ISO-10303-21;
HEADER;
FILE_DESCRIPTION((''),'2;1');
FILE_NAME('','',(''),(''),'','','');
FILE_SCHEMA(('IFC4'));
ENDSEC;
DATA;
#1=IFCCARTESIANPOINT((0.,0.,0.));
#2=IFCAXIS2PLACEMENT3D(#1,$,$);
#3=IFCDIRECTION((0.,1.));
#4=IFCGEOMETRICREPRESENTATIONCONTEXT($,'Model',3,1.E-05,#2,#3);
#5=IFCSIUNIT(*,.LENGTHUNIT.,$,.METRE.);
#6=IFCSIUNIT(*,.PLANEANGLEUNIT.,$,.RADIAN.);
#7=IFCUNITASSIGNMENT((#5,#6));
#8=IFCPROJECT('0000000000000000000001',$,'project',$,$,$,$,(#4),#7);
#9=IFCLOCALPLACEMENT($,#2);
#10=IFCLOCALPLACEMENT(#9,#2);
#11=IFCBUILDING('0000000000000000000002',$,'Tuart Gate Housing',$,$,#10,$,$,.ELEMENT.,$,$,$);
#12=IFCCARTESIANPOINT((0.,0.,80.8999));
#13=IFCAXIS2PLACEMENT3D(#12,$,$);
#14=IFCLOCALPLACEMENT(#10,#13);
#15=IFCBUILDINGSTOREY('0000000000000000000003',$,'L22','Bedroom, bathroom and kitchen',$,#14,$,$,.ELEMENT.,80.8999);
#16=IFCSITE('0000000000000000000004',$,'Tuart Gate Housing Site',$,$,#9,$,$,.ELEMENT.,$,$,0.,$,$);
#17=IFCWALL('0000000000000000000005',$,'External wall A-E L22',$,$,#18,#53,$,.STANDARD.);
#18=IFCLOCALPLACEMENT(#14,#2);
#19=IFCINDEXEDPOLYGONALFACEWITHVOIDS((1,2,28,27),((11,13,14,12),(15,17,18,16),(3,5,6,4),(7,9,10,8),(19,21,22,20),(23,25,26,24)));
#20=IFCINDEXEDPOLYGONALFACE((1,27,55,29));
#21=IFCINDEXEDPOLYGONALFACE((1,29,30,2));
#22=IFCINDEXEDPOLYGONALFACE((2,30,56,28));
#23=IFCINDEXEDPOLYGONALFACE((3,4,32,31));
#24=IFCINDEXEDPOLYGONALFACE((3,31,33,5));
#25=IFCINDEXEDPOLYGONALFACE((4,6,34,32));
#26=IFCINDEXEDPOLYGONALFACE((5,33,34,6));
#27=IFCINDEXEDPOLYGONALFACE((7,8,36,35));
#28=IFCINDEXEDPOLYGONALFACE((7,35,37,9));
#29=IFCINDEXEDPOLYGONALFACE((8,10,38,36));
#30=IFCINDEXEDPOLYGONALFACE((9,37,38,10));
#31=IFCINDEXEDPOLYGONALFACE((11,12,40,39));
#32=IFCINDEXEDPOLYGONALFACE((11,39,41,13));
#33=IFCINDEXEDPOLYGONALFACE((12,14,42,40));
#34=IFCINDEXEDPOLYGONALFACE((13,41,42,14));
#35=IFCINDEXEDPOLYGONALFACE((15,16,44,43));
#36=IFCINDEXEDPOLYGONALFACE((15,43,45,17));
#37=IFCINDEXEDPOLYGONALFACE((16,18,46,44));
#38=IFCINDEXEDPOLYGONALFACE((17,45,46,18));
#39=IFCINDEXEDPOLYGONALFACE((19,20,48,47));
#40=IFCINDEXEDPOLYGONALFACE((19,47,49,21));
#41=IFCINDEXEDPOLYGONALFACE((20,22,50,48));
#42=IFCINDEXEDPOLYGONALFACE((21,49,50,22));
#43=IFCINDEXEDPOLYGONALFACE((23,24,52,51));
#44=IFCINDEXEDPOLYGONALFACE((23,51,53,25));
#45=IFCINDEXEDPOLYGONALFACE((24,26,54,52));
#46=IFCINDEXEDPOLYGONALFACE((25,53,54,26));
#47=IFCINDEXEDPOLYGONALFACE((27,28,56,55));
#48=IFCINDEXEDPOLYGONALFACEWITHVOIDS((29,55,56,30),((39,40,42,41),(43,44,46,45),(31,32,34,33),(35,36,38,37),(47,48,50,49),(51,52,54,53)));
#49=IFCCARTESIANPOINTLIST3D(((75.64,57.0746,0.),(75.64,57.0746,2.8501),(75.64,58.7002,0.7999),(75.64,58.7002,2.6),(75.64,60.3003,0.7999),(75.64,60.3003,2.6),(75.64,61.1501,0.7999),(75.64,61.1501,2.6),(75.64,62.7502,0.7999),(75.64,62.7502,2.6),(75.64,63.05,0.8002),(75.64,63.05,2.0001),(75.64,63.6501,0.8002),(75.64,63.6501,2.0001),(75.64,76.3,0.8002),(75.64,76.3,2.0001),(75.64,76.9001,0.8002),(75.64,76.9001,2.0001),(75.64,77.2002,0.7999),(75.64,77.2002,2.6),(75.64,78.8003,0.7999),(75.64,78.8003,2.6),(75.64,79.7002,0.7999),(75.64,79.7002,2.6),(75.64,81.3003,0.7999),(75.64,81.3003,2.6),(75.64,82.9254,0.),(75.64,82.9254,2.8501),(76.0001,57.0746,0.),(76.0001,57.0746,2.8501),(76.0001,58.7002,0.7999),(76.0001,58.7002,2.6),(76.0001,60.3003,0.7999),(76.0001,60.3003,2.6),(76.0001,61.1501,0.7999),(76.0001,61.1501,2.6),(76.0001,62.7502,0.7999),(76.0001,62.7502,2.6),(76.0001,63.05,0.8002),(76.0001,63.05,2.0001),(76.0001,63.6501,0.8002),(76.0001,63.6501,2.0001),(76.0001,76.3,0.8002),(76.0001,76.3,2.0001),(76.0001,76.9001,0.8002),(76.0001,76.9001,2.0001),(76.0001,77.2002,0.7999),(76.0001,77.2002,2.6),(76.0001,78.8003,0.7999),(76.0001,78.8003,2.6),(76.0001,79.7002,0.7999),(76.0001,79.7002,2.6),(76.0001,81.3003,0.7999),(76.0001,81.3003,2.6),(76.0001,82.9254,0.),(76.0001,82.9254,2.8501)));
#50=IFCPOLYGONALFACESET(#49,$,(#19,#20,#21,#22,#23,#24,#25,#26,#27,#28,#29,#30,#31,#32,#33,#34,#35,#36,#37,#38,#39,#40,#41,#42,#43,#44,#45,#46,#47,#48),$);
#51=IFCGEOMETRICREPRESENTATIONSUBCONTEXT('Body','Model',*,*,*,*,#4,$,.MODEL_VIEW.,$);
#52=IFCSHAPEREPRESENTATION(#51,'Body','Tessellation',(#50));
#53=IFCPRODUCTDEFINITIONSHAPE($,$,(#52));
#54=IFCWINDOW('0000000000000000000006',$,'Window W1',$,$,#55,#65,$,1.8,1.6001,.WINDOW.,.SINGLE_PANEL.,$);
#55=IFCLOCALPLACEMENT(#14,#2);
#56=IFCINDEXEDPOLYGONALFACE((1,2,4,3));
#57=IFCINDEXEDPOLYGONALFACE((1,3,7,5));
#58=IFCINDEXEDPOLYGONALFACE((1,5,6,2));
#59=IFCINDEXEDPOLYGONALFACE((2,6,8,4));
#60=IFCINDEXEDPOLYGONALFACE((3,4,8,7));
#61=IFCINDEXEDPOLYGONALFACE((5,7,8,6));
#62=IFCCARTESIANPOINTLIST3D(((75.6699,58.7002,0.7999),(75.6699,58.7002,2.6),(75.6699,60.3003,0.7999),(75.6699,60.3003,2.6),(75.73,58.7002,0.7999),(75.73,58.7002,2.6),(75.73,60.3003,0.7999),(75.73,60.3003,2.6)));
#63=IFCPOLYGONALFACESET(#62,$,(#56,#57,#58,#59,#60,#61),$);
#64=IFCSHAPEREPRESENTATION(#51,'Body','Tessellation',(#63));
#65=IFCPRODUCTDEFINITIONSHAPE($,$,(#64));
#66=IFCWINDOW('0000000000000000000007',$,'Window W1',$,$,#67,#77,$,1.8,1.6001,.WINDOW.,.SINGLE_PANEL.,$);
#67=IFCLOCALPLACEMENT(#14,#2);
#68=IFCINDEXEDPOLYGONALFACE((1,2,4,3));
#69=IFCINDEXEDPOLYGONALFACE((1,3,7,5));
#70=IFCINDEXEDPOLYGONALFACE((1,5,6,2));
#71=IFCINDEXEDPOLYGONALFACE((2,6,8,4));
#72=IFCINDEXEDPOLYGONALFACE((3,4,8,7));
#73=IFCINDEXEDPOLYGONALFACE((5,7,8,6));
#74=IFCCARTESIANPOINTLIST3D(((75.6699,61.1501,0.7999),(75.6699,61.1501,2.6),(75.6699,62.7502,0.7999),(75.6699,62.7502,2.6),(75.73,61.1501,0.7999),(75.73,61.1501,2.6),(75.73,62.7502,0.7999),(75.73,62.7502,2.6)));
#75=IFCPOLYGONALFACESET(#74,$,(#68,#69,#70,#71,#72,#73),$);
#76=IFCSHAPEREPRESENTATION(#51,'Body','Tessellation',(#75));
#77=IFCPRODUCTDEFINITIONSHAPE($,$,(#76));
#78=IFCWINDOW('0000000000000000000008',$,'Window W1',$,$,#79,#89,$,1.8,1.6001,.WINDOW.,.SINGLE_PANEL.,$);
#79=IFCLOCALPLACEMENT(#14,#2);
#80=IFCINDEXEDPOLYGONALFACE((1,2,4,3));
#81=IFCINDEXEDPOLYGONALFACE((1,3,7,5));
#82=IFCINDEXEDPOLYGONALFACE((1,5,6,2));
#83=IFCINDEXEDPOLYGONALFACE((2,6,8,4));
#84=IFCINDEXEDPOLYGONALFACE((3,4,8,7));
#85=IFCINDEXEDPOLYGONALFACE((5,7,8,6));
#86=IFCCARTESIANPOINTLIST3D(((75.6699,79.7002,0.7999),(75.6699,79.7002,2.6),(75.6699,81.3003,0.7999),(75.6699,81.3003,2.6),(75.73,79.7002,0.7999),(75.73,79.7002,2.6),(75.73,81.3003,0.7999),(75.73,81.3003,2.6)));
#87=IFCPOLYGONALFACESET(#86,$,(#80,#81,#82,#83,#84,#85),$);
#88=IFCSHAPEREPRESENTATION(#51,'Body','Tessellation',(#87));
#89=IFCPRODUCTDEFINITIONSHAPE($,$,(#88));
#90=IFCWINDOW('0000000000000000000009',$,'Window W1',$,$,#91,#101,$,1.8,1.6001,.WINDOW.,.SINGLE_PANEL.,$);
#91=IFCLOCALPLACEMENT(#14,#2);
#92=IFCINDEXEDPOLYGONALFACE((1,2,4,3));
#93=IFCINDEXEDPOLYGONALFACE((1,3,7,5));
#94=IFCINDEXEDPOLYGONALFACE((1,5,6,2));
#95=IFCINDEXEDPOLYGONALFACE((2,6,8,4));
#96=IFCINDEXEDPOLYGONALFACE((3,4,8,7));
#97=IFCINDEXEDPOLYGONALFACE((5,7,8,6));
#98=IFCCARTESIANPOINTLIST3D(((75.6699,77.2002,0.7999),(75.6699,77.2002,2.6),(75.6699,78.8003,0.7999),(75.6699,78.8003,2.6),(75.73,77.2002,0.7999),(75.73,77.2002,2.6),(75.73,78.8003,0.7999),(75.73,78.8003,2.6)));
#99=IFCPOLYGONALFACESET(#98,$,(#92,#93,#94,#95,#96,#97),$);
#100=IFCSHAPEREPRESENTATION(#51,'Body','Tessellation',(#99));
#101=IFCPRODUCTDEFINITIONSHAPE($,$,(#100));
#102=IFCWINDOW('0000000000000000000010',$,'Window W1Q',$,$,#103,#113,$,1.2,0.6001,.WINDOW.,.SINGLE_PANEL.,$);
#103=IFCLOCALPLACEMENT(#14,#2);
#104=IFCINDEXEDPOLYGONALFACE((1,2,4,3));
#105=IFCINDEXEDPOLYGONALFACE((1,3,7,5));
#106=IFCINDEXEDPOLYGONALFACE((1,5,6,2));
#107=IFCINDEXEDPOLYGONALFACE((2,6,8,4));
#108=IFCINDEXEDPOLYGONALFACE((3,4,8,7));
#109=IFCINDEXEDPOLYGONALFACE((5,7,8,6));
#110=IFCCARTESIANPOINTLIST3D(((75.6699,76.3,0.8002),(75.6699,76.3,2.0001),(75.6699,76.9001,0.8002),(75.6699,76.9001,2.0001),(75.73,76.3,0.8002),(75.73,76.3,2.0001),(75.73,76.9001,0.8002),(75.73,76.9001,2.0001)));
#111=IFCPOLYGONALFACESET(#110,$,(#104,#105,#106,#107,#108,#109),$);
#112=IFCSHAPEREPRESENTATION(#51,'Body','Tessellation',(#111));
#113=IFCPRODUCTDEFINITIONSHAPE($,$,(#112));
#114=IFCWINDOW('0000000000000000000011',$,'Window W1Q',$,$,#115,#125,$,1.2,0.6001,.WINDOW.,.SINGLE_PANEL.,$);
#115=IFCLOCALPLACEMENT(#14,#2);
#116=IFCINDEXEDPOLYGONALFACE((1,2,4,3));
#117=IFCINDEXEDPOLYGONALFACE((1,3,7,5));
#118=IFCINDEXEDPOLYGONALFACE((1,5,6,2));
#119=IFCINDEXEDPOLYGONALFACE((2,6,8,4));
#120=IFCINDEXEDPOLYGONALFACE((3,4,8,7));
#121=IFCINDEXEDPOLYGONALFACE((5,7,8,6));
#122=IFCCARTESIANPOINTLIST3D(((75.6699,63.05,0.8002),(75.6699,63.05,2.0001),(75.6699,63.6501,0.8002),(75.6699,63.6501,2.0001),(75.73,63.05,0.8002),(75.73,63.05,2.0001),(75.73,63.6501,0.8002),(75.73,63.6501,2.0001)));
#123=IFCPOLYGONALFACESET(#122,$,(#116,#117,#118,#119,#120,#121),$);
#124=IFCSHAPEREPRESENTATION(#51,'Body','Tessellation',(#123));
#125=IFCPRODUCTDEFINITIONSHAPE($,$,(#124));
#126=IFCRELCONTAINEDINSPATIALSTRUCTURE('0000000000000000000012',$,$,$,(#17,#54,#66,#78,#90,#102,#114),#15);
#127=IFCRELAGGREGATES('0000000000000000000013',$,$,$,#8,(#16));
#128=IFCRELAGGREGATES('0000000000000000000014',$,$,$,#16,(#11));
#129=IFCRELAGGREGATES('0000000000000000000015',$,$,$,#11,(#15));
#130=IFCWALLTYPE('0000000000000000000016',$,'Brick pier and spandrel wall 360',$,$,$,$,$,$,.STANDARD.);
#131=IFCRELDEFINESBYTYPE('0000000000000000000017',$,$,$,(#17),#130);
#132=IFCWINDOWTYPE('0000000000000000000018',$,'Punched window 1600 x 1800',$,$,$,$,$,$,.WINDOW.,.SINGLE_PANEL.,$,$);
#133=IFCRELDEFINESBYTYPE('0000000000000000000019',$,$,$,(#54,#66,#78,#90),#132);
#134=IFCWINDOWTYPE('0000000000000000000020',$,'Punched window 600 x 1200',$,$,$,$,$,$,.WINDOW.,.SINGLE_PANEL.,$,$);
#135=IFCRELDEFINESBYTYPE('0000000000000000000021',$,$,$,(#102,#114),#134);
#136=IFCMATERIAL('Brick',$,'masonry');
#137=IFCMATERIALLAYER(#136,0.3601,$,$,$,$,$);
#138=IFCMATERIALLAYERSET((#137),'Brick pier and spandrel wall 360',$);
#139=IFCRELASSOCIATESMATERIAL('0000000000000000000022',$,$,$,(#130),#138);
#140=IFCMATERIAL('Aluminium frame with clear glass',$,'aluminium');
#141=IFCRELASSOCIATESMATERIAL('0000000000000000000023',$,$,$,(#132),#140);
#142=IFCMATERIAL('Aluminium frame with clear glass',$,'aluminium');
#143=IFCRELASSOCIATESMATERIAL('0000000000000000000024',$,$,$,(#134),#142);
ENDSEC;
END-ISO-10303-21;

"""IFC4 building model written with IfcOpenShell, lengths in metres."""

from ifc_helpers import new_model, si_unit, direction, frame, frame_2d, origin, place, context, subcontext, project, spatial, rectangle, extrude, material, layer, layer_set, type_object, element, fill, save


model = new_model("IFC4")

# Units and contexts
model_context = context("Model", 3, precision=1e-05, world=origin(), true_north=direction((0.0, 1.0)))
body_context = subcontext(model_context, "Body", "Model", "MODEL_VIEW")
ifc_project = project(units=[si_unit("LENGTHUNIT", "METRE"), si_unit("PLANEANGLEUNIT", "RADIAN")], contexts=[model_context])

# Site, building, storey
site_placement = place(None, origin())
site = spatial("IfcSite", under=ifc_project, at=site_placement, Name="Tuart Gate Housing Site", CompositionType="ELEMENT", RefElevation=0.0)
building_placement = place(site_placement, origin())
building = spatial("IfcBuilding", under=site, at=building_placement, Name="Tuart Gate Housing", CompositionType="ELEMENT")
storey_placement = place(building_placement, frame((0.0, 0.0, 80.8999)))
storey = spatial("IfcBuildingStorey", under=building, at=storey_placement, Name="L22", Description="Bedroom, bathroom and kitchen", CompositionType="ELEMENT", Elevation=80.8999)

# Shared definitions
ifc_material_1 = material(Name="Brick", Category="masonry")
ifc_layer = layer(ifc_material_1, 0.3601)
ifc_layer_set = layer_set([ifc_layer], Name="Brick pier and spandrel wall 360")
wall_type = type_object("IfcWallType", Name="Brick pier and spandrel wall 360", PredefinedType="STANDARD", material=ifc_layer_set)
ifc_material_2 = material(Name="Aluminium frame with clear glass", Category="aluminium")
window_type_1 = type_object("IfcWindowType", Name="Punched window 1600 x 1800", PartitioningType="SINGLE_PANEL", PredefinedType="WINDOW", material=ifc_material_2)

# Wall, openings, windows
wall_1_placement = place(storey_placement, frame((75.8201, 57.0747, 0.0), z_axis=(0.0, 0.0, 1.0), x_axis=(0.0, 1.0, 0.0)))
wall_1 = element("IfcWall", 1, at=wall_1_placement, inside=storey, type_object=wall_type, Name="External wall A-E L22", PredefinedType="STANDARD", context=body_context, shape_type="SweptSolid", body=[
    extrude(rectangle(XDim=25.8508, YDim=0.3601, at=frame_2d((12.9253, 0.0))), origin(), (0.0, 0.0, 1.0), 2.8501),
])
opening_1_placement = place(wall_1_placement, frame((1.6255, 0.0, 0.8)))
opening_1 = element("IfcOpeningElement", 2, at=opening_1_placement, cuts=wall_1, PredefinedType="OPENING", context=body_context, shape_type="SweptSolid", body=[
    extrude(rectangle(XDim=1.6001, YDim=1.8, at=frame_2d((0.8, 0.8999))), frame((0.0, 0.1899, 0.0), z_axis=(0.0, -1.0, 0.0), x_axis=(1.0, 0.0, 0.0)), (0.0, 0.0, 1.0), 0.3801),
])
opening_2_placement = place(wall_1_placement, frame((4.0754, 0.0, 0.8)))
opening_2 = element("IfcOpeningElement", 3, at=opening_2_placement, cuts=wall_1, PredefinedType="OPENING", context=body_context, shape_type="SweptSolid", body=[
    extrude(rectangle(XDim=1.6001, YDim=1.8, at=frame_2d((0.8, 0.8999))), frame((0.0, 0.1899, 0.0), z_axis=(0.0, -1.0, 0.0), x_axis=(1.0, 0.0, 0.0)), (0.0, 0.0, 1.0), 0.3801),
])
opening_3_placement = place(wall_1_placement, frame((19.2253, 0.0, 0.8)))
opening_3 = element("IfcOpeningElement", 4, at=opening_3_placement, cuts=wall_1, PredefinedType="OPENING", context=body_context, shape_type="SweptSolid", body=[
    extrude(rectangle(XDim=0.6001, YDim=1.2, at=frame_2d((0.3, 0.6001))), frame((0.0, 0.1899, 0.0), z_axis=(0.0, -1.0, 0.0), x_axis=(1.0, 0.0, 0.0)), (0.0, 0.0, 1.0), 0.3801),
])
opening_4_placement = place(wall_1_placement, frame((22.6255, 0.0, 0.8)))
opening_4 = element("IfcOpeningElement", 5, at=opening_4_placement, cuts=wall_1, PredefinedType="OPENING", context=body_context, shape_type="SweptSolid", body=[
    extrude(rectangle(XDim=1.6001, YDim=1.8, at=frame_2d((0.8, 0.8999))), frame((0.0, 0.1899, 0.0), z_axis=(0.0, -1.0, 0.0), x_axis=(1.0, 0.0, 0.0)), (0.0, 0.0, 1.0), 0.3801),
])
opening_5_placement = place(wall_1_placement, frame((5.9753, 0.0, 0.8)))
opening_5 = element("IfcOpeningElement", 6, at=opening_5_placement, cuts=wall_1, PredefinedType="OPENING", context=body_context, shape_type="SweptSolid", body=[
    extrude(rectangle(XDim=0.6001, YDim=1.2, at=frame_2d((0.3, 0.6001))), frame((0.0, 0.1899, 0.0), z_axis=(0.0, -1.0, 0.0), x_axis=(1.0, 0.0, 0.0)), (0.0, 0.0, 1.0), 0.3801),
])
opening_6_placement = place(wall_1_placement, frame((20.1255, 0.0, 0.8)))
opening_6 = element("IfcOpeningElement", 7, at=opening_6_placement, cuts=wall_1, PredefinedType="OPENING", context=body_context, shape_type="SweptSolid", body=[
    extrude(rectangle(XDim=1.6001, YDim=1.8, at=frame_2d((0.8, 0.8999))), frame((0.0, 0.1899, 0.0), z_axis=(0.0, -1.0, 0.0), x_axis=(1.0, 0.0, 0.0)), (0.0, 0.0, 1.0), 0.3801),
])
window_1_placement = place(opening_1_placement, origin())
window_1 = element("IfcWindow", 8, at=window_1_placement, inside=storey, type_object=window_type_1, Name="Window W1", OverallHeight=1.8, OverallWidth=1.6001, PartitioningType="SINGLE_PANEL", PredefinedType="WINDOW", context=body_context, shape_type="SweptSolid", body=[
    extrude(rectangle(XDim=1.6001, YDim=1.8, at=frame_2d((0.8, 0.8999))), frame((0.0, 0.1501, 0.0), z_axis=(0.0, -1.0, 0.0), x_axis=(1.0, 0.0, 0.0)), (0.0, 0.0, 1.0), 0.0601),
])
fill(opening_1, window_1)
window_2_placement = place(opening_2_placement, origin())
window_2 = element("IfcWindow", 9, at=window_2_placement, inside=storey, type_object=window_type_1, Name="Window W1", OverallHeight=1.8, OverallWidth=1.6001, PartitioningType="SINGLE_PANEL", PredefinedType="WINDOW", context=body_context, shape_type="SweptSolid", body=[
    extrude(rectangle(XDim=1.6001, YDim=1.8, at=frame_2d((0.8, 0.8999))), frame((0.0, 0.1501, 0.0), z_axis=(0.0, -1.0, 0.0), x_axis=(1.0, 0.0, 0.0)), (0.0, 0.0, 1.0), 0.0601),
])
fill(opening_2, window_2)
window_3_placement = place(opening_4_placement, origin())
window_3 = element("IfcWindow", 10, at=window_3_placement, inside=storey, type_object=window_type_1, Name="Window W1", OverallHeight=1.8, OverallWidth=1.6001, PartitioningType="SINGLE_PANEL", PredefinedType="WINDOW", context=body_context, shape_type="SweptSolid", body=[
    extrude(rectangle(XDim=1.6001, YDim=1.8, at=frame_2d((0.8, 0.8999))), frame((0.0, 0.1501, 0.0), z_axis=(0.0, -1.0, 0.0), x_axis=(1.0, 0.0, 0.0)), (0.0, 0.0, 1.0), 0.0601),
])
fill(opening_4, window_3)
window_4_placement = place(opening_6_placement, origin())
window_4 = element("IfcWindow", 11, at=window_4_placement, inside=storey, type_object=window_type_1, Name="Window W1", OverallHeight=1.8, OverallWidth=1.6001, PartitioningType="SINGLE_PANEL", PredefinedType="WINDOW", context=body_context, shape_type="SweptSolid", body=[
    extrude(rectangle(XDim=1.6001, YDim=1.8, at=frame_2d((0.8, 0.8999))), frame((0.0, 0.1501, 0.0), z_axis=(0.0, -1.0, 0.0), x_axis=(1.0, 0.0, 0.0)), (0.0, 0.0, 1.0), 0.0601),
])
fill(opening_6, window_4)
ifc_material_3 = material(Name="Aluminium frame with clear glass", Category="aluminium")
window_type_2 = type_object("IfcWindowType", Name="Punched window 600 x 1200", PartitioningType="SINGLE_PANEL", PredefinedType="WINDOW", material=ifc_material_3)
window_5_placement = place(opening_3_placement, origin())
window_5 = element("IfcWindow", 12, at=window_5_placement, inside=storey, type_object=window_type_2, Name="Window W1Q", OverallHeight=1.2, OverallWidth=0.6001, PartitioningType="SINGLE_PANEL", PredefinedType="WINDOW", context=body_context, shape_type="SweptSolid", body=[
    extrude(rectangle(XDim=0.6001, YDim=1.2, at=frame_2d((0.3, 0.6001))), frame((0.0, 0.1501, 0.0), z_axis=(0.0, -1.0, 0.0), x_axis=(1.0, 0.0, 0.0)), (0.0, 0.0, 1.0), 0.0601),
])
fill(opening_3, window_5)
window_6_placement = place(opening_5_placement, origin())
window_6 = element("IfcWindow", 13, at=window_6_placement, inside=storey, type_object=window_type_2, Name="Window W1Q", OverallHeight=1.2, OverallWidth=0.6001, PartitioningType="SINGLE_PANEL", PredefinedType="WINDOW", context=body_context, shape_type="SweptSolid", body=[
    extrude(rectangle(XDim=0.6001, YDim=1.2, at=frame_2d((0.3, 0.6001))), frame((0.0, 0.1501, 0.0), z_axis=(0.0, -1.0, 0.0), x_axis=(1.0, 0.0, 0.0)), (0.0, 0.0, 1.0), 0.0601),
])
fill(opening_5, window_6)

save(model, "model.ifc")
